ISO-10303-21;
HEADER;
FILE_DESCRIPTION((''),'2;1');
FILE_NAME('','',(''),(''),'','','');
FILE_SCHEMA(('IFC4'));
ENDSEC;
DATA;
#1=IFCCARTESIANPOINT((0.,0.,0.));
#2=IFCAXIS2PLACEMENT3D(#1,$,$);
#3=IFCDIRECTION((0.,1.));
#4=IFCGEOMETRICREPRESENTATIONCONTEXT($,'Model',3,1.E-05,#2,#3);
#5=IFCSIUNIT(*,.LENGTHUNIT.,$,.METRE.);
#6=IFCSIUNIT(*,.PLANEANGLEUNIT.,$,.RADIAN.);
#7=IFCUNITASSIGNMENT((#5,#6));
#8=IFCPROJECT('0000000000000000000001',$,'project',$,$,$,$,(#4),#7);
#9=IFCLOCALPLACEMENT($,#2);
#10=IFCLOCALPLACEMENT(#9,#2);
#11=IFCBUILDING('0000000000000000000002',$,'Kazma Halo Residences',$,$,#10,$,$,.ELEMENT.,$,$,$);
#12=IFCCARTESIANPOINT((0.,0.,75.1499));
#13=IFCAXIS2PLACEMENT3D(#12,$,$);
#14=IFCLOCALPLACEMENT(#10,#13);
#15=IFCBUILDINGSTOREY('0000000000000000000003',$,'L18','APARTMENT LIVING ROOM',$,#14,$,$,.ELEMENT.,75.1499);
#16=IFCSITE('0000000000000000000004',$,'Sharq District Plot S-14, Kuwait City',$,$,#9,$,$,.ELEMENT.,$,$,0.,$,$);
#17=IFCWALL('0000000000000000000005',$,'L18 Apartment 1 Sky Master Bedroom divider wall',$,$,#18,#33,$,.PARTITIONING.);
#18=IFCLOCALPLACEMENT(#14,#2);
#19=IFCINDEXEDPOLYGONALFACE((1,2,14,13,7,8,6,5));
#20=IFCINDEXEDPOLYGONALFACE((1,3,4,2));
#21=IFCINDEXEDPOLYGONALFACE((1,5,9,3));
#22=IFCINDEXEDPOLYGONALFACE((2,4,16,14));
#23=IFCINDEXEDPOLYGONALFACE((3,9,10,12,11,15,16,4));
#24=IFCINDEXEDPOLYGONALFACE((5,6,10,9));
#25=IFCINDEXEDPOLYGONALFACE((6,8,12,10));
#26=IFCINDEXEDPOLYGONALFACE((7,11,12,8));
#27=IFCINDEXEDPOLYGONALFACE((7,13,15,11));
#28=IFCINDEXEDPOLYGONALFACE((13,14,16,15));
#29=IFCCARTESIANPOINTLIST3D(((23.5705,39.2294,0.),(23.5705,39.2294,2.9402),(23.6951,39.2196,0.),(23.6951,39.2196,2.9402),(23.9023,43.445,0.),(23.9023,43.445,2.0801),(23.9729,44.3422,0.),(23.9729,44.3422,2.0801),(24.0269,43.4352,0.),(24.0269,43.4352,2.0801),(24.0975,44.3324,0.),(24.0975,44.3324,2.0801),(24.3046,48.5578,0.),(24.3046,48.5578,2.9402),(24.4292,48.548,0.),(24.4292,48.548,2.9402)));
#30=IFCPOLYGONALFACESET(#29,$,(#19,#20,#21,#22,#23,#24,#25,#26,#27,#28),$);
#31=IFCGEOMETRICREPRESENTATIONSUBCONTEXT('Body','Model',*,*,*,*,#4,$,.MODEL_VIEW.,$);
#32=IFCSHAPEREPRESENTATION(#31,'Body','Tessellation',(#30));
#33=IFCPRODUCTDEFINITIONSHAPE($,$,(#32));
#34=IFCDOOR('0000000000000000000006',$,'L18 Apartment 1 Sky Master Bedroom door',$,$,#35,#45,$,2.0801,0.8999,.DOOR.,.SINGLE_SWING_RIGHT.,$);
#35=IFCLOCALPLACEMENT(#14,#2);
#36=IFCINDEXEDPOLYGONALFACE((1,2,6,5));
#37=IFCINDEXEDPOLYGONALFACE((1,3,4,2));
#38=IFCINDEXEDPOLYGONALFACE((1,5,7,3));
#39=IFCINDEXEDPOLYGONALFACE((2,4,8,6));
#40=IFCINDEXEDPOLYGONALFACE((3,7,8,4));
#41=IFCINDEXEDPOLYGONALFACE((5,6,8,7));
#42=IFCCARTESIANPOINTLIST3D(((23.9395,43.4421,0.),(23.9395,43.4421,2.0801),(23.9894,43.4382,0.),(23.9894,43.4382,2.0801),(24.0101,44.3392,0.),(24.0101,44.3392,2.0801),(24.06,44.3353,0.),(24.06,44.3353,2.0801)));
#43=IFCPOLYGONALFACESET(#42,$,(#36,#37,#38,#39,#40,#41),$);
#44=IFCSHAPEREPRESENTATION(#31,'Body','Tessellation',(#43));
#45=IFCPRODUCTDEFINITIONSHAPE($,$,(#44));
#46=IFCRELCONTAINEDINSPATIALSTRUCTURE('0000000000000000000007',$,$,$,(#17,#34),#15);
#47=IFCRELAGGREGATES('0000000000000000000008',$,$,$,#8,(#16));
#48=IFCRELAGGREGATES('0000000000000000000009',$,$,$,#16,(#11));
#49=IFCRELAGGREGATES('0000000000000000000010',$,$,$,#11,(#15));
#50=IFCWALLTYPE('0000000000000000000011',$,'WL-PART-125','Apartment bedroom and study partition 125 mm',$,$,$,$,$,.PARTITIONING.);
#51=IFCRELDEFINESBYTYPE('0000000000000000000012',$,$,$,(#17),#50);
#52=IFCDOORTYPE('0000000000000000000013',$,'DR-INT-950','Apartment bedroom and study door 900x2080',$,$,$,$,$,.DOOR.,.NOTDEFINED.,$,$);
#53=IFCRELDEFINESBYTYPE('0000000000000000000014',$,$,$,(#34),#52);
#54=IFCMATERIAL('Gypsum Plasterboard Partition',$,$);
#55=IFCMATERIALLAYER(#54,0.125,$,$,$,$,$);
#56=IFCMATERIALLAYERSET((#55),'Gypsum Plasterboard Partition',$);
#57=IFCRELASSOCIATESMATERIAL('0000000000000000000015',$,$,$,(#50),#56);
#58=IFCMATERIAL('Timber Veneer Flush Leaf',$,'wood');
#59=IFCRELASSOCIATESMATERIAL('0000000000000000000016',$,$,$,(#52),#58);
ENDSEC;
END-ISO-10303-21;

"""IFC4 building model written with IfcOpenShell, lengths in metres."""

from ifc_helpers import new_model, si_unit, direction, frame, frame_2d, origin, place, context, subcontext, project, spatial, rectangle, extrude, material, layer, layer_set, type_object, element, fill, save


model = new_model("IFC4")

# Units and contexts
model_context = context("Model", 3, precision=1e-05, world=origin(), true_north=direction((0.0, 1.0)))
body_context = subcontext(model_context, "Body", "Model", "MODEL_VIEW")
ifc_project = project(units=[si_unit("LENGTHUNIT", "METRE"), si_unit("PLANEANGLEUNIT", "RADIAN")], contexts=[model_context])

# Site, building, storey
site_placement = place(None, origin())
site = spatial("IfcSite", under=ifc_project, at=site_placement, Name="Sharq District Plot S-14, Kuwait City", CompositionType="ELEMENT", RefElevation=0.0)
building_placement = place(site_placement, origin())
building = spatial("IfcBuilding", under=site, at=building_placement, Name="Kazma Halo Residences", CompositionType="ELEMENT")
storey_placement = place(building_placement, frame((0.0, 0.0, 75.1499)))
storey = spatial("IfcBuildingStorey", under=building, at=storey_placement, Name="L18", Description="APARTMENT LIVING ROOM", CompositionType="ELEMENT", Elevation=75.1499)

# Shared definitions
ifc_material_1 = material(Name="Gypsum Plasterboard Partition")
ifc_layer_1 = layer(ifc_material_1, 0.125)
ifc_layer_set_1 = layer_set([ifc_layer_1], Name="Gypsum Plasterboard Partition")
wall_type_1 = type_object("IfcWallType", Name="WL-PART-125", Description="Apartment bedroom and study partition 125 mm", PredefinedType="PARTITIONING", material=ifc_layer_set_1)

# Wall, opening, door
ifc_material_2 = material(Name="Timber Veneer Flush Leaf", Category="wood")
door_type = type_object("IfcDoorType", Name="DR-INT-950", Description="Apartment bedroom and study door 900x2080", OperationType="NOTDEFINED", PredefinedType="DOOR", material=ifc_material_2)
wall_1_placement = place(storey_placement, frame((24.3669, 48.553, 0.0), z_axis=(0.0, 0.0, 1.0), x_axis=(-0.078456, -0.996918, 0.0)))
wall_1 = element("IfcWall", 1, at=wall_1_placement, inside=storey, type_object=wall_type_1, Name="L18 Apartment 1 Sky Master Bedroom divider wall", PredefinedType="PARTITIONING", context=body_context, shape_type="SweptSolid", body=[
    extrude(rectangle(XDim=9.3572, YDim=0.125, at=frame_2d((4.6787, 0.0))), origin(), (0.0, 0.0, 1.0), 2.9402),
])
opening_1_placement = place(wall_1_placement, frame((4.2288, 0.0, 0.0)))
opening_1 = element("IfcOpeningElement", 2, at=opening_1_placement, cuts=wall_1, PredefinedType="OPENING", context=body_context, shape_type="SweptSolid", body=[
    extrude(rectangle(XDim=0.8999, YDim=2.0801, at=frame_2d((0.45, 1.04))), frame((0.0, 0.0725, 0.0), z_axis=(0.0, -1.0, 0.0), x_axis=(1.0, 0.0, 0.0)), (0.0, 0.0, 1.0), 0.145),
])
door_1_placement = place(opening_1_placement, origin())
door_1 = element("IfcDoor", 3, at=door_1_placement, inside=storey, type_object=door_type, Name="L18 Apartment 1 Sky Master Bedroom door", OperationType="SINGLE_SWING_RIGHT", OverallHeight=2.0801, OverallWidth=0.8999, PredefinedType="DOOR", context=body_context, shape_type="SweptSolid", body=[
    extrude(rectangle(XDim=0.8999, YDim=2.0801, at=frame_2d((0.45, 1.04))), frame((0.0, 0.0249, 0.0), z_axis=(0.0, -1.0, 0.0), x_axis=(1.0, 0.0, 0.0)), (0.0, 0.0, 1.0), 0.05),
])
fill(opening_1, door_1)

save(model, "model.ifc")
